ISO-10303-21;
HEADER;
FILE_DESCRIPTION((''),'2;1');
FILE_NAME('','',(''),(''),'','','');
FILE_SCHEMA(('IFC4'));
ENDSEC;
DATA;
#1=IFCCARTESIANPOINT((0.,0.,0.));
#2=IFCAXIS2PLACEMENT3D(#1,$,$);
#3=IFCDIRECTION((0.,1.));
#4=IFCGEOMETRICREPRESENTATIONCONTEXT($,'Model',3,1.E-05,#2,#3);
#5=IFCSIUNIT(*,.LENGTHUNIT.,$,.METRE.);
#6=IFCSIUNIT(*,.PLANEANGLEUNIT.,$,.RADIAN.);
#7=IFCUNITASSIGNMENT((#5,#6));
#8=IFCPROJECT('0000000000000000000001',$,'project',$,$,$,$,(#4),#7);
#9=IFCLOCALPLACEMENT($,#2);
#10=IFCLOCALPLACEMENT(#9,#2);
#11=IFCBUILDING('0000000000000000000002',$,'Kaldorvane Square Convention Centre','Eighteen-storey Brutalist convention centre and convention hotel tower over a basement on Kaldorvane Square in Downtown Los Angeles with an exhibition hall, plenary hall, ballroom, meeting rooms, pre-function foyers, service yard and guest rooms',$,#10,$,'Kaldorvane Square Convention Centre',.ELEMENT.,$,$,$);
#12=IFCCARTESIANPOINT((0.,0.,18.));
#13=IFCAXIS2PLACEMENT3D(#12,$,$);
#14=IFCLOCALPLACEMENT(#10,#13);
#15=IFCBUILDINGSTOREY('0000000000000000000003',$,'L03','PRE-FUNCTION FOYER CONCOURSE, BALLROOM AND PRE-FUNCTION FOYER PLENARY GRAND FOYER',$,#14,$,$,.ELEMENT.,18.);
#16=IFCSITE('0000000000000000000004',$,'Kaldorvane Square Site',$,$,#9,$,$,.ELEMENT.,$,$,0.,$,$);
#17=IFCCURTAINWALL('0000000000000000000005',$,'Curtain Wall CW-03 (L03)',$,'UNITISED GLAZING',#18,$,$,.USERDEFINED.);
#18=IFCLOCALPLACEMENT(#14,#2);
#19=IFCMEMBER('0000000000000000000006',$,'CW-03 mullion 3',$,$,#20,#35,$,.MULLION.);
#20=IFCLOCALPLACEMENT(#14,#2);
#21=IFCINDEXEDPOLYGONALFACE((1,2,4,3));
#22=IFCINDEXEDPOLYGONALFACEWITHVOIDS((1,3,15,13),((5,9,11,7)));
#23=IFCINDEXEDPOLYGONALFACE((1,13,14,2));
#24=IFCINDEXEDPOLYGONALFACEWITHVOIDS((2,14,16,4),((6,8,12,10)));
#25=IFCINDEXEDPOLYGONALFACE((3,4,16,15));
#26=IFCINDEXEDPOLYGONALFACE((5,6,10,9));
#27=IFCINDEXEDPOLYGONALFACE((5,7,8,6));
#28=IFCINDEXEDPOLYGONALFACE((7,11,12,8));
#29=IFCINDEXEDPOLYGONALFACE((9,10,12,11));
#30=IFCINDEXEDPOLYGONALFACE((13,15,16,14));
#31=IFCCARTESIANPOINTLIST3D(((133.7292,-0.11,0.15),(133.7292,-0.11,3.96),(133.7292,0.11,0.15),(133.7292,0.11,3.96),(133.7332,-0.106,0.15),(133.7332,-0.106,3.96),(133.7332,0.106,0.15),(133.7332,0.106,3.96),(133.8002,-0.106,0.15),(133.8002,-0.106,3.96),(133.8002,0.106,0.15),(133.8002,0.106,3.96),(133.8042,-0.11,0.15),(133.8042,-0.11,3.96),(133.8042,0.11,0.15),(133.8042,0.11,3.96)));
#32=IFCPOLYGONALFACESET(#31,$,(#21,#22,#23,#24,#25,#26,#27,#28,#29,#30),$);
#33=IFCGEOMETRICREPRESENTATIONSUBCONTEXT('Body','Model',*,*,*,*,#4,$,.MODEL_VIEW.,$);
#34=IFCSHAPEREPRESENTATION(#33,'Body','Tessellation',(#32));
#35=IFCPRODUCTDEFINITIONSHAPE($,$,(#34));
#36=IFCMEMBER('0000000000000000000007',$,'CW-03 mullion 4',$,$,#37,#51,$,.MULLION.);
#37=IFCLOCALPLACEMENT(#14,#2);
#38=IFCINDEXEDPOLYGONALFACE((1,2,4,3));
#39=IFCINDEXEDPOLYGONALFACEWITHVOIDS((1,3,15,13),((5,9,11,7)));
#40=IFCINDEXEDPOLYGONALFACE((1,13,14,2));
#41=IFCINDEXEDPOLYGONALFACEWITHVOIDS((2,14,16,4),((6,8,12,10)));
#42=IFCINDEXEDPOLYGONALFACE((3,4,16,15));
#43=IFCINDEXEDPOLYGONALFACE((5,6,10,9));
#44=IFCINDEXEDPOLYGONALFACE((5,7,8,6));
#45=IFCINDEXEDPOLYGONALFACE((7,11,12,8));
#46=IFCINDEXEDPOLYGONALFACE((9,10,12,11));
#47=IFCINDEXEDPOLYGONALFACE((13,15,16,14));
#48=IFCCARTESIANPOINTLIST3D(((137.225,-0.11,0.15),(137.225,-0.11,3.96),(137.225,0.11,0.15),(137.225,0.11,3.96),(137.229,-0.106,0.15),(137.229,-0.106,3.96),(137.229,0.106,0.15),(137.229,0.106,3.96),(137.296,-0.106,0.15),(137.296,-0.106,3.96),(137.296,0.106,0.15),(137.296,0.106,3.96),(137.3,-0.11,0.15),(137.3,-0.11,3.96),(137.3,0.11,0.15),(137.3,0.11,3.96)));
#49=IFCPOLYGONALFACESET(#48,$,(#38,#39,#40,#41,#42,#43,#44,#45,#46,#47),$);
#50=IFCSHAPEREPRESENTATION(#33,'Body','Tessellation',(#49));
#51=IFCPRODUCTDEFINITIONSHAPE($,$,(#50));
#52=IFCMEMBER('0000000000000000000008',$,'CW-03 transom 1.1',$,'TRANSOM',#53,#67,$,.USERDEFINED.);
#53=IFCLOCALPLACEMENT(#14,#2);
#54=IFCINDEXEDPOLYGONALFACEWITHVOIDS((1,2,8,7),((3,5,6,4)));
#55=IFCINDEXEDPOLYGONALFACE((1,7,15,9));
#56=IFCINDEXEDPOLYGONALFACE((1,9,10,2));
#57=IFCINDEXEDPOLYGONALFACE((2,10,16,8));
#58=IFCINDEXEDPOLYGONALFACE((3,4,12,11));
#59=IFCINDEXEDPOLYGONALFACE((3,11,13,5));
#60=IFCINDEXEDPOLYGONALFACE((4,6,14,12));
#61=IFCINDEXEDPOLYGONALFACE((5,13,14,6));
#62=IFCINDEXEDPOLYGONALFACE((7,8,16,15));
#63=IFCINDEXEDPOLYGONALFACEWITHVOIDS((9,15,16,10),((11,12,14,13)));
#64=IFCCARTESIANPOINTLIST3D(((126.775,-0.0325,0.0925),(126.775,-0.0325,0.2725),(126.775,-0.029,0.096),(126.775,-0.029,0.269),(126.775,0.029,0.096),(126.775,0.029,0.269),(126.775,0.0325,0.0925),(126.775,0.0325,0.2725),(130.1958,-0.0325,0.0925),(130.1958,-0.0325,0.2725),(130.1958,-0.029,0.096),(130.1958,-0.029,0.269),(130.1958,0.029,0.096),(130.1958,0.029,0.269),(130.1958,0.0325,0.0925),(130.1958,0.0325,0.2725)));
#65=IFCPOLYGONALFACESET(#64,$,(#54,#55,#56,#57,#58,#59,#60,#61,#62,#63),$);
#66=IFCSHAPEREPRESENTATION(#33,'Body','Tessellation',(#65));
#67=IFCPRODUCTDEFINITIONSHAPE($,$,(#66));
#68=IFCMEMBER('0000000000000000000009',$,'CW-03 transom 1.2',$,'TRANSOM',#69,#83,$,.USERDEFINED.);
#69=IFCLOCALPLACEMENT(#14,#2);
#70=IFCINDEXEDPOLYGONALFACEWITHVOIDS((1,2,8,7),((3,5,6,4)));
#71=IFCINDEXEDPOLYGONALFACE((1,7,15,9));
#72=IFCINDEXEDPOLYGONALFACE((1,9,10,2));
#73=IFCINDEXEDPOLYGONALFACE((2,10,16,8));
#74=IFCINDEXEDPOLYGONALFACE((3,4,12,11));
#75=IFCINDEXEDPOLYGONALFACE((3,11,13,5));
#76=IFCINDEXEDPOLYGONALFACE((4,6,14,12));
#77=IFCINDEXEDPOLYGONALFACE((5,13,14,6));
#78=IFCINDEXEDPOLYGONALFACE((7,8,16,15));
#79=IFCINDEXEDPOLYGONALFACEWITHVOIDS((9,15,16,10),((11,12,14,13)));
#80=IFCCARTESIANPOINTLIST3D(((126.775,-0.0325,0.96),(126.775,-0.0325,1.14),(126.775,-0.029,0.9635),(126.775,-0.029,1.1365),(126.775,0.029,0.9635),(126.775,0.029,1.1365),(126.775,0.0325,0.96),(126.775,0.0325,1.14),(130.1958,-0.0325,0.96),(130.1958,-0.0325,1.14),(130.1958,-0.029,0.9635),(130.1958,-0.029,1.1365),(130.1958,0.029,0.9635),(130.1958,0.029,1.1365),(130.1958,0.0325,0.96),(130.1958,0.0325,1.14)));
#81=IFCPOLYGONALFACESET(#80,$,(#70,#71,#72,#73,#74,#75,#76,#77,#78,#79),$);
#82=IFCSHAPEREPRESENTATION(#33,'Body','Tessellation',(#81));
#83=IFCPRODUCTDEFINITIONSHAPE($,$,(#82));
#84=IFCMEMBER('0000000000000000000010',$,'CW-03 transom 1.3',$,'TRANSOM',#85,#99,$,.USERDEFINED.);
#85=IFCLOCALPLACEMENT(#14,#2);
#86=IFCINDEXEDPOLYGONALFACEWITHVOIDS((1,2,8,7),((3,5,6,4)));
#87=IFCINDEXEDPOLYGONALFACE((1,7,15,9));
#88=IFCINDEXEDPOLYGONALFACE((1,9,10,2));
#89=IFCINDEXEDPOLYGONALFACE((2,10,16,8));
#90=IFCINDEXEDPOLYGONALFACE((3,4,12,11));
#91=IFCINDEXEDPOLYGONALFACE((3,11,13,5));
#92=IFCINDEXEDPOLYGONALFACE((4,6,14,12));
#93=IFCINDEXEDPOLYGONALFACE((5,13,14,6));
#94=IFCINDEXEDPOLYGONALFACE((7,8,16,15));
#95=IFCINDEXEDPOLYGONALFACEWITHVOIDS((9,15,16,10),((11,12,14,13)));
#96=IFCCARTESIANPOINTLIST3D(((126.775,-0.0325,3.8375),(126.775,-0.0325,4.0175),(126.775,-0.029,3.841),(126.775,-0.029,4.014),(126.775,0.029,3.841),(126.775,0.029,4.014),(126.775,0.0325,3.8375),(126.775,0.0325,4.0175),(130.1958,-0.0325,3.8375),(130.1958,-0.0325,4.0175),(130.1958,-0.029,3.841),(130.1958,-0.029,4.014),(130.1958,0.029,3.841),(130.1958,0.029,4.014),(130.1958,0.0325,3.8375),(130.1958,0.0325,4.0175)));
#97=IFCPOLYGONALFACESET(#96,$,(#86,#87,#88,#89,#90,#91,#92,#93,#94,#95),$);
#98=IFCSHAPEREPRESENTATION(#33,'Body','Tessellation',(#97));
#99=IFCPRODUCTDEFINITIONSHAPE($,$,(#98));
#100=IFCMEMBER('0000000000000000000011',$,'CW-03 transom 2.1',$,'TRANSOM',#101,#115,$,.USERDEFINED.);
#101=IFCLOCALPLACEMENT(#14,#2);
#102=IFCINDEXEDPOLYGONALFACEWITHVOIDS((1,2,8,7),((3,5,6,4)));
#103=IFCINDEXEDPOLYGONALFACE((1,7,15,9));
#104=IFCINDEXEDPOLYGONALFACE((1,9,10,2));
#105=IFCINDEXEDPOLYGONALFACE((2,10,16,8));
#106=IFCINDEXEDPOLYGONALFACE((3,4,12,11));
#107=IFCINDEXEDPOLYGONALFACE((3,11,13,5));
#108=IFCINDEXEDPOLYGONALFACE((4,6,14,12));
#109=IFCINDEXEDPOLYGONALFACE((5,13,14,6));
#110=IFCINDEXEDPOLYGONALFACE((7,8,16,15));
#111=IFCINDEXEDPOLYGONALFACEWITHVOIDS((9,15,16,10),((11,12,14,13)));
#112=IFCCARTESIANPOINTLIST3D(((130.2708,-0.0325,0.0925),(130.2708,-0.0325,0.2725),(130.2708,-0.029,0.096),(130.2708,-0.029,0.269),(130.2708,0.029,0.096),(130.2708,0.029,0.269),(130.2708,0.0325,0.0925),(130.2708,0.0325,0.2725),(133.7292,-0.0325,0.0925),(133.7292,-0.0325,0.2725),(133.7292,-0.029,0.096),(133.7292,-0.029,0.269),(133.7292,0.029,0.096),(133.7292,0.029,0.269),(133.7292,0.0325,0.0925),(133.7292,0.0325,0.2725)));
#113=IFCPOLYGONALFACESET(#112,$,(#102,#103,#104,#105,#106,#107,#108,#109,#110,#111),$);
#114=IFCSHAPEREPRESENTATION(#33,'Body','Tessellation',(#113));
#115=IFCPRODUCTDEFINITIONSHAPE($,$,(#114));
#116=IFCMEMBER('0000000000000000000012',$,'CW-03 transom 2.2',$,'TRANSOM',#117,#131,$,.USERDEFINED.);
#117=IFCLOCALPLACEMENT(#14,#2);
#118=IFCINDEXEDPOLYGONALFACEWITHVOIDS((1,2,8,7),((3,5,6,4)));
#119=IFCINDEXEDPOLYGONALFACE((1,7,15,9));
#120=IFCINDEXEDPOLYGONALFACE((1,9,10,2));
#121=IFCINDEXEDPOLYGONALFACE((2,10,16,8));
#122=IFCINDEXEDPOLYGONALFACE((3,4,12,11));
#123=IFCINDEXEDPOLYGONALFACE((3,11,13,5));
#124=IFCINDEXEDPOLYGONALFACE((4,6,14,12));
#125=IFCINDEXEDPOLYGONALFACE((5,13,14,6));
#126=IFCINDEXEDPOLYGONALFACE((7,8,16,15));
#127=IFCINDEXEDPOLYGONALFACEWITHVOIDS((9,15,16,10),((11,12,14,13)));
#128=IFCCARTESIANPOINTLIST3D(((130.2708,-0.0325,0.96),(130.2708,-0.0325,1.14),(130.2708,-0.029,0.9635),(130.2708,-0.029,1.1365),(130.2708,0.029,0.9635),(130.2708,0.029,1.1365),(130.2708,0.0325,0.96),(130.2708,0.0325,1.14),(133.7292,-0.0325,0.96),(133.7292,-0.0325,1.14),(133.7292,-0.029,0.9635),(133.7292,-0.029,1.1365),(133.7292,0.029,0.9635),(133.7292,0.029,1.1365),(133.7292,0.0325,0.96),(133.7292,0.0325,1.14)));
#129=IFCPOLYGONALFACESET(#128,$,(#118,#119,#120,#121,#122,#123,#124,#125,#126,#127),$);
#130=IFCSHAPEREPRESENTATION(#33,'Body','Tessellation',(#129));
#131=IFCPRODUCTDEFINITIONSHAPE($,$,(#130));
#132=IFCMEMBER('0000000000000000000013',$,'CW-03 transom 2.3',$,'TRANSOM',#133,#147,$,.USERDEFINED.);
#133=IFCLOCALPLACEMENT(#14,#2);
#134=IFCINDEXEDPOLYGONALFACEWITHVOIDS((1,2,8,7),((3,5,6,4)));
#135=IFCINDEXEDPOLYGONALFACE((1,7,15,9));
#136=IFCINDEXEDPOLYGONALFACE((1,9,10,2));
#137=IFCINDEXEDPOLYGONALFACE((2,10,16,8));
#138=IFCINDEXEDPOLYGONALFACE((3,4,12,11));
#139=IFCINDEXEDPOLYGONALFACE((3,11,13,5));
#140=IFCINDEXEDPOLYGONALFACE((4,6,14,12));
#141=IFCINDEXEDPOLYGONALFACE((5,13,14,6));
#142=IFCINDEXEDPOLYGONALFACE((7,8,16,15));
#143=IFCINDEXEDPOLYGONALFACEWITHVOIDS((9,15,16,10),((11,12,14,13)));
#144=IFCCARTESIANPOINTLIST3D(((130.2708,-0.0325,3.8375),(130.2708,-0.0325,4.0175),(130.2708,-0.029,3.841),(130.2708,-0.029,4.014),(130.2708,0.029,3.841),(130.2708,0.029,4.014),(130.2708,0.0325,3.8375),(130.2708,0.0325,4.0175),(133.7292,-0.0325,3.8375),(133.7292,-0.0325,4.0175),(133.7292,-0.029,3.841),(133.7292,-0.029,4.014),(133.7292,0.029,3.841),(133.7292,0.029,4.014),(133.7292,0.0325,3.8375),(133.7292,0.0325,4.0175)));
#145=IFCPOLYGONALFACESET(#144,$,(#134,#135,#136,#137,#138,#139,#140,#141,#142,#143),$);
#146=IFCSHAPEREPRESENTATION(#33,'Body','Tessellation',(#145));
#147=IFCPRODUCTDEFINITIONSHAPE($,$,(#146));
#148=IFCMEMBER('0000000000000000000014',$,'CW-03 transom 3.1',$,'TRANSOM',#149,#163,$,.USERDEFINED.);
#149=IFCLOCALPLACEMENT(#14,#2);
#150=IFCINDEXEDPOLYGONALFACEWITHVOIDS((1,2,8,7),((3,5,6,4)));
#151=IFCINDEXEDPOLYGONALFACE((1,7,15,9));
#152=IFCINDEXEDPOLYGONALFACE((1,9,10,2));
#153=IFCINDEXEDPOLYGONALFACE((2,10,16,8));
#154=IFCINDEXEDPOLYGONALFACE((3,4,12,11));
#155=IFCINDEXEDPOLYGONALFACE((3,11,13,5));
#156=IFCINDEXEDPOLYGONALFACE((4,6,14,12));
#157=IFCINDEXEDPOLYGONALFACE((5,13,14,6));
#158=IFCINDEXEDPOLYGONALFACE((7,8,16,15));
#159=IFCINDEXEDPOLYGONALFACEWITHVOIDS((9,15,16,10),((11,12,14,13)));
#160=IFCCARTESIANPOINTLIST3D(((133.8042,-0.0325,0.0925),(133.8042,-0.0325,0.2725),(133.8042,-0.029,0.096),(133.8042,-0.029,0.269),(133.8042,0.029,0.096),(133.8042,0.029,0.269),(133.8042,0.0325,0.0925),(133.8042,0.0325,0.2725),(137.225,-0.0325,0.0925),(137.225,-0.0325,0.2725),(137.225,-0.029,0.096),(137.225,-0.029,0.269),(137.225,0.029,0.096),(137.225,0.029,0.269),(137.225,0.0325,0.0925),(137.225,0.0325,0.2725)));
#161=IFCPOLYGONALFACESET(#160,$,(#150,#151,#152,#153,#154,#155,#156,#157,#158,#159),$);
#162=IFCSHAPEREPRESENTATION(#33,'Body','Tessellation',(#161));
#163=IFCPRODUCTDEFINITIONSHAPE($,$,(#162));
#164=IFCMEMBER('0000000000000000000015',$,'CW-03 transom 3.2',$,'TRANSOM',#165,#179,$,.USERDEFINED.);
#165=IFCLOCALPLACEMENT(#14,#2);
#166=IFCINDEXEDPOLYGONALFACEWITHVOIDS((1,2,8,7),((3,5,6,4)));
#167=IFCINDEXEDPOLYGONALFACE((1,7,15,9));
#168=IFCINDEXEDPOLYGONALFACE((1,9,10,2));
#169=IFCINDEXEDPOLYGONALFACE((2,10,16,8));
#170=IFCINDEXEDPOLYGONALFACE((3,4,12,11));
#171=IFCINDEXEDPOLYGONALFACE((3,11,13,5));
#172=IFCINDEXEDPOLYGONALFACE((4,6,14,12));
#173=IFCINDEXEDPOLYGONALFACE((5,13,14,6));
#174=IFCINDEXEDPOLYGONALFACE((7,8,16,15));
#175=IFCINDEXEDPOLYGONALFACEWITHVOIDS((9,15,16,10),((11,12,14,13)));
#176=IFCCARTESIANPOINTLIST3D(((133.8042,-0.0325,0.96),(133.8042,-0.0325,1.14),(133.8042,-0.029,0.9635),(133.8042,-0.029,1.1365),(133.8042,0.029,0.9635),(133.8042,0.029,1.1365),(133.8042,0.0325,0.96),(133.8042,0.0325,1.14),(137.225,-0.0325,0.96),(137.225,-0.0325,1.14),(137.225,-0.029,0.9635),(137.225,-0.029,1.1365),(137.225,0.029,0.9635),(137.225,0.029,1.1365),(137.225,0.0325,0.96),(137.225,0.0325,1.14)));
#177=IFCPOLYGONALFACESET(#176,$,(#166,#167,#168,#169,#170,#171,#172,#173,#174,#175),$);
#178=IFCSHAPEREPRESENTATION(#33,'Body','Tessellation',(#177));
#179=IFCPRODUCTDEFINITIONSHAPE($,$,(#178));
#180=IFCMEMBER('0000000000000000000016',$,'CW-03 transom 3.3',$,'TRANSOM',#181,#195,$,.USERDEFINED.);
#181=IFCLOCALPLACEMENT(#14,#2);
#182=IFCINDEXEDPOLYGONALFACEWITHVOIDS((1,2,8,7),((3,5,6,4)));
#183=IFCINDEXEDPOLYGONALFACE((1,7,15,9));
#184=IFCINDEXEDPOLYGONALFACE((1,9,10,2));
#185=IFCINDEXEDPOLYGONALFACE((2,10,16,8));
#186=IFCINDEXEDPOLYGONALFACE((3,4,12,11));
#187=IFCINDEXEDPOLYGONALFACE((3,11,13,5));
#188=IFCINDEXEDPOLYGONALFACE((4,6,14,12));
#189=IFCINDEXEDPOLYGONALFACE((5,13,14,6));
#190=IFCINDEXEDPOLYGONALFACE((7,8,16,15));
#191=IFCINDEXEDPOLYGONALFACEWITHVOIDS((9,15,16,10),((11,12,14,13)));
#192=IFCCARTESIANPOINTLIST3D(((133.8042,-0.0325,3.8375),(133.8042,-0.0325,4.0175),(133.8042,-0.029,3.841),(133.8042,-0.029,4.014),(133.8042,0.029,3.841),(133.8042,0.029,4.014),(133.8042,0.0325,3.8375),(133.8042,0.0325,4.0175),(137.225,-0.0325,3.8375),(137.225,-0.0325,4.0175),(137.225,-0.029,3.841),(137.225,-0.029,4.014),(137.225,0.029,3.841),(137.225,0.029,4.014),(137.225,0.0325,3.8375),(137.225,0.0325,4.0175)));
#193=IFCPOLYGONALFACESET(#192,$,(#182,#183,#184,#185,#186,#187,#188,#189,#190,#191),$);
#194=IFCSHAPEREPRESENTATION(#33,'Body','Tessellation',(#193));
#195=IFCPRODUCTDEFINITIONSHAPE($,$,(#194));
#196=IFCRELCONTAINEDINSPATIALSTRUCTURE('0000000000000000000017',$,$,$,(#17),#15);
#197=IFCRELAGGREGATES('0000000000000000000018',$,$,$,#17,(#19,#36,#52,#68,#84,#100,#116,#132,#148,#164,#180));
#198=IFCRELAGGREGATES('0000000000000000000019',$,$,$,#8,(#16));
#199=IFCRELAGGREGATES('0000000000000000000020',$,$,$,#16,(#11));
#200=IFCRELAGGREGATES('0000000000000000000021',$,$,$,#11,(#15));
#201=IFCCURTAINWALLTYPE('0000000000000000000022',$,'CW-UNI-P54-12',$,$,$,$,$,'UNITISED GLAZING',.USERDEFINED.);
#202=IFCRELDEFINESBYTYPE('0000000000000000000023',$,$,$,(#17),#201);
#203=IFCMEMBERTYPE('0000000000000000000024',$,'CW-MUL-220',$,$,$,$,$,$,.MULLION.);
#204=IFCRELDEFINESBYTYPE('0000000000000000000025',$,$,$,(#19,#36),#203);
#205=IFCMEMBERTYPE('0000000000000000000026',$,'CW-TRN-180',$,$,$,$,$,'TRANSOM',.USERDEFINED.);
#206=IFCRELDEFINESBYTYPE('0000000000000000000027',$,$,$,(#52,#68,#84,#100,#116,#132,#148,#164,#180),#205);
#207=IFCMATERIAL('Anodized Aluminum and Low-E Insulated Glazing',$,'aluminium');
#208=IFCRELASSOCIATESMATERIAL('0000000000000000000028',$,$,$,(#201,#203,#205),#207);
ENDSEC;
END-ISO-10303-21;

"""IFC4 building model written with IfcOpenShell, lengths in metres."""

from ifc_helpers import new_model, si_unit, direction, frame, origin, origin_2d, place, context, subcontext, project, spatial, hollow_rectangle, extrude, material, material_profile, profile_set, type_object, element, aggregate, save


model = new_model("IFC4")

# Units and contexts
model_context = context("Model", 3, precision=1e-05, world=origin(), true_north=direction((0.0, 1.0)))
body_context = subcontext(model_context, "Body", "Model", "MODEL_VIEW")
ifc_project = project(units=[si_unit("LENGTHUNIT", "METRE"), si_unit("PLANEANGLEUNIT", "RADIAN")], contexts=[model_context])

# Site, building, storey
site_placement = place(None, origin())
site = spatial("IfcSite", under=ifc_project, at=site_placement, Name="Kaldorvane Square Site", CompositionType="ELEMENT", RefElevation=0.0)
building_placement = place(site_placement, origin())
building = spatial("IfcBuilding", under=site, at=building_placement, Name="Kaldorvane Square Convention Centre", Description="Eighteen-storey Brutalist convention centre and convention hotel tower over a basement on Kaldorvane Square in Downtown Los Angeles with an exhibition hall, plenary hall, ballroom, meeting rooms, pre-function foyers, service yard and guest rooms", LongName="Kaldorvane Square Convention Centre", CompositionType="ELEMENT")
storey_placement = place(building_placement, frame((0.0, 0.0, 18.0)))
storey = spatial("IfcBuildingStorey", under=building, at=storey_placement, Name="L03", Description="PRE-FUNCTION FOYER CONCOURSE, BALLROOM AND PRE-FUNCTION FOYER PLENARY GRAND FOYER", CompositionType="ELEMENT", Elevation=18.0)

# Curtain wall, members
ifc_material_1 = material(Name="Anodized Aluminum and Low-E Insulated Glazing", Category="aluminium")
curtain_wall_type = type_object("IfcCurtainWallType", Name="CW-UNI-P54-12", ElementType="UNITISED GLAZING", PredefinedType="USERDEFINED", material=ifc_material_1)
curtain_wall_placement = place(storey_placement, origin())
curtain_wall = element("IfcCurtainWall", 1, at=curtain_wall_placement, inside=storey, type_object=curtain_wall_type, Name="Curtain Wall CW-03 (L03)", ObjectType="UNITISED GLAZING", PredefinedType="USERDEFINED")
ifc_material_profile_1 = material_profile(ifc_material_1, hollow_rectangle(XDim=0.075, YDim=0.22, WallThickness=0.004, at=origin_2d()), Name="CWM-220X75")
ifc_profile_set_1 = profile_set([ifc_material_profile_1], Name="Anodized Aluminum and Low-E Insulated Glazing")
member_type_1 = type_object("IfcMemberType", Name="CW-MUL-220", PredefinedType="MULLION", material=ifc_profile_set_1)
member_1_placement = place(storey_placement, frame((133.7667, 0.0, 0.15), z_axis=(0.0, 0.0, 1.0), x_axis=(1.0, 0.0, 0.0)))
member_1 = element("IfcMember", 2, at=member_1_placement, type_object=member_type_1, Name="CW-03 mullion 3", PredefinedType="MULLION", context=body_context, shape_type="SweptSolid", body=[
    extrude(hollow_rectangle(XDim=0.075, YDim=0.22, WallThickness=0.004, at=origin_2d()), origin(), (0.0, 0.0, 1.0), 3.81),
])
member_2_placement = place(storey_placement, frame((137.2625, 0.0, 0.15), z_axis=(0.0, 0.0, 1.0), x_axis=(1.0, 0.0, 0.0)))
member_2 = element("IfcMember", 3, at=member_2_placement, type_object=member_type_1, Name="CW-03 mullion 4", PredefinedType="MULLION", context=body_context, shape_type="SweptSolid", body=[
    extrude(hollow_rectangle(XDim=0.075, YDim=0.22, WallThickness=0.004, at=origin_2d()), origin(), (0.0, 0.0, 1.0), 3.81),
])
ifc_material_profile_2 = material_profile(ifc_material_1, hollow_rectangle(XDim=0.065, YDim=0.18, WallThickness=0.0035, at=origin_2d()), Name="CWT-180X65")
ifc_profile_set_2 = profile_set([ifc_material_profile_2], Name="Anodized Aluminum and Low-E Insulated Glazing")
member_type_2 = type_object("IfcMemberType", Name="CW-TRN-180", ElementType="TRANSOM", PredefinedType="USERDEFINED", material=ifc_profile_set_2)
member_3_placement = place(storey_placement, frame((126.775, 0.0, 0.1825), z_axis=(1.0, 0.0, 0.0), x_axis=(0.0, 1.0, 0.0)))
member_3 = element("IfcMember", 4, at=member_3_placement, type_object=member_type_2, Name="CW-03 transom 1.1", ObjectType="TRANSOM", PredefinedType="USERDEFINED", context=body_context, shape_type="SweptSolid", body=[
    extrude(hollow_rectangle(XDim=0.065, YDim=0.18, WallThickness=0.0035, at=origin_2d()), origin(), (0.0, 0.0, 1.0), 3.4208),
])
member_4_placement = place(storey_placement, frame((126.775, 0.0, 1.05), z_axis=(1.0, 0.0, 0.0), x_axis=(0.0, 1.0, 0.0)))
member_4 = element("IfcMember", 5, at=member_4_placement, type_object=member_type_2, Name="CW-03 transom 1.2", ObjectType="TRANSOM", PredefinedType="USERDEFINED", context=body_context, shape_type="SweptSolid", body=[
    extrude(hollow_rectangle(XDim=0.065, YDim=0.18, WallThickness=0.0035, at=origin_2d()), origin(), (0.0, 0.0, 1.0), 3.4208),
])
member_5_placement = place(storey_placement, frame((126.775, 0.0, 3.9275), z_axis=(1.0, 0.0, 0.0), x_axis=(0.0, 1.0, 0.0)))
member_5 = element("IfcMember", 6, at=member_5_placement, type_object=member_type_2, Name="CW-03 transom 1.3", ObjectType="TRANSOM", PredefinedType="USERDEFINED", context=body_context, shape_type="SweptSolid", body=[
    extrude(hollow_rectangle(XDim=0.065, YDim=0.18, WallThickness=0.0035, at=origin_2d()), origin(), (0.0, 0.0, 1.0), 3.4208),
])
member_6_placement = place(storey_placement, frame((130.2708, 0.0, 0.1825), z_axis=(1.0, 0.0, 0.0), x_axis=(0.0, 1.0, 0.0)))
member_6 = element("IfcMember", 7, at=member_6_placement, type_object=member_type_2, Name="CW-03 transom 2.1", ObjectType="TRANSOM", PredefinedType="USERDEFINED", context=body_context, shape_type="SweptSolid", body=[
    extrude(hollow_rectangle(XDim=0.065, YDim=0.18, WallThickness=0.0035, at=origin_2d()), origin(), (0.0, 0.0, 1.0), 3.4583),
])
member_7_placement = place(storey_placement, frame((130.2708, 0.0, 1.05), z_axis=(1.0, 0.0, 0.0), x_axis=(0.0, 1.0, 0.0)))
member_7 = element("IfcMember", 8, at=member_7_placement, type_object=member_type_2, Name="CW-03 transom 2.2", ObjectType="TRANSOM", PredefinedType="USERDEFINED", context=body_context, shape_type="SweptSolid", body=[
    extrude(hollow_rectangle(XDim=0.065, YDim=0.18, WallThickness=0.0035, at=origin_2d()), origin(), (0.0, 0.0, 1.0), 3.4583),
])
member_8_placement = place(storey_placement, frame((130.2708, 0.0, 3.9275), z_axis=(1.0, 0.0, 0.0), x_axis=(0.0, 1.0, 0.0)))
member_8 = element("IfcMember", 9, at=member_8_placement, type_object=member_type_2, Name="CW-03 transom 2.3", ObjectType="TRANSOM", PredefinedType="USERDEFINED", context=body_context, shape_type="SweptSolid", body=[
    extrude(hollow_rectangle(XDim=0.065, YDim=0.18, WallThickness=0.0035, at=origin_2d()), origin(), (0.0, 0.0, 1.0), 3.4583),
])
member_9_placement = place(storey_placement, frame((133.8042, 0.0, 0.1825), z_axis=(1.0, 0.0, 0.0), x_axis=(0.0, 1.0, 0.0)))
member_9 = element("IfcMember", 10, at=member_9_placement, type_object=member_type_2, Name="CW-03 transom 3.1", ObjectType="TRANSOM", PredefinedType="USERDEFINED", context=body_context, shape_type="SweptSolid", body=[
    extrude(hollow_rectangle(XDim=0.065, YDim=0.18, WallThickness=0.0035, at=origin_2d()), origin(), (0.0, 0.0, 1.0), 3.4208),
])
member_10_placement = place(storey_placement, frame((133.8042, 0.0, 1.05), z_axis=(1.0, 0.0, 0.0), x_axis=(0.0, 1.0, 0.0)))
member_10 = element("IfcMember", 11, at=member_10_placement, type_object=member_type_2, Name="CW-03 transom 3.2", ObjectType="TRANSOM", PredefinedType="USERDEFINED", context=body_context, shape_type="SweptSolid", body=[
    extrude(hollow_rectangle(XDim=0.065, YDim=0.18, WallThickness=0.0035, at=origin_2d()), origin(), (0.0, 0.0, 1.0), 3.4208),
])
member_11_placement = place(storey_placement, frame((133.8042, 0.0, 3.9275), z_axis=(1.0, 0.0, 0.0), x_axis=(0.0, 1.0, 0.0)))
member_11 = element("IfcMember", 12, at=member_11_placement, type_object=member_type_2, Name="CW-03 transom 3.3", ObjectType="TRANSOM", PredefinedType="USERDEFINED", context=body_context, shape_type="SweptSolid", body=[
    extrude(hollow_rectangle(XDim=0.065, YDim=0.18, WallThickness=0.0035, at=origin_2d()), origin(), (0.0, 0.0, 1.0), 3.4208),
])
aggregate(curtain_wall, [member_1, member_2, member_3, member_4, member_5, member_6, member_7, member_8, member_9, member_10, member_11])

save(model, "model.ifc")
